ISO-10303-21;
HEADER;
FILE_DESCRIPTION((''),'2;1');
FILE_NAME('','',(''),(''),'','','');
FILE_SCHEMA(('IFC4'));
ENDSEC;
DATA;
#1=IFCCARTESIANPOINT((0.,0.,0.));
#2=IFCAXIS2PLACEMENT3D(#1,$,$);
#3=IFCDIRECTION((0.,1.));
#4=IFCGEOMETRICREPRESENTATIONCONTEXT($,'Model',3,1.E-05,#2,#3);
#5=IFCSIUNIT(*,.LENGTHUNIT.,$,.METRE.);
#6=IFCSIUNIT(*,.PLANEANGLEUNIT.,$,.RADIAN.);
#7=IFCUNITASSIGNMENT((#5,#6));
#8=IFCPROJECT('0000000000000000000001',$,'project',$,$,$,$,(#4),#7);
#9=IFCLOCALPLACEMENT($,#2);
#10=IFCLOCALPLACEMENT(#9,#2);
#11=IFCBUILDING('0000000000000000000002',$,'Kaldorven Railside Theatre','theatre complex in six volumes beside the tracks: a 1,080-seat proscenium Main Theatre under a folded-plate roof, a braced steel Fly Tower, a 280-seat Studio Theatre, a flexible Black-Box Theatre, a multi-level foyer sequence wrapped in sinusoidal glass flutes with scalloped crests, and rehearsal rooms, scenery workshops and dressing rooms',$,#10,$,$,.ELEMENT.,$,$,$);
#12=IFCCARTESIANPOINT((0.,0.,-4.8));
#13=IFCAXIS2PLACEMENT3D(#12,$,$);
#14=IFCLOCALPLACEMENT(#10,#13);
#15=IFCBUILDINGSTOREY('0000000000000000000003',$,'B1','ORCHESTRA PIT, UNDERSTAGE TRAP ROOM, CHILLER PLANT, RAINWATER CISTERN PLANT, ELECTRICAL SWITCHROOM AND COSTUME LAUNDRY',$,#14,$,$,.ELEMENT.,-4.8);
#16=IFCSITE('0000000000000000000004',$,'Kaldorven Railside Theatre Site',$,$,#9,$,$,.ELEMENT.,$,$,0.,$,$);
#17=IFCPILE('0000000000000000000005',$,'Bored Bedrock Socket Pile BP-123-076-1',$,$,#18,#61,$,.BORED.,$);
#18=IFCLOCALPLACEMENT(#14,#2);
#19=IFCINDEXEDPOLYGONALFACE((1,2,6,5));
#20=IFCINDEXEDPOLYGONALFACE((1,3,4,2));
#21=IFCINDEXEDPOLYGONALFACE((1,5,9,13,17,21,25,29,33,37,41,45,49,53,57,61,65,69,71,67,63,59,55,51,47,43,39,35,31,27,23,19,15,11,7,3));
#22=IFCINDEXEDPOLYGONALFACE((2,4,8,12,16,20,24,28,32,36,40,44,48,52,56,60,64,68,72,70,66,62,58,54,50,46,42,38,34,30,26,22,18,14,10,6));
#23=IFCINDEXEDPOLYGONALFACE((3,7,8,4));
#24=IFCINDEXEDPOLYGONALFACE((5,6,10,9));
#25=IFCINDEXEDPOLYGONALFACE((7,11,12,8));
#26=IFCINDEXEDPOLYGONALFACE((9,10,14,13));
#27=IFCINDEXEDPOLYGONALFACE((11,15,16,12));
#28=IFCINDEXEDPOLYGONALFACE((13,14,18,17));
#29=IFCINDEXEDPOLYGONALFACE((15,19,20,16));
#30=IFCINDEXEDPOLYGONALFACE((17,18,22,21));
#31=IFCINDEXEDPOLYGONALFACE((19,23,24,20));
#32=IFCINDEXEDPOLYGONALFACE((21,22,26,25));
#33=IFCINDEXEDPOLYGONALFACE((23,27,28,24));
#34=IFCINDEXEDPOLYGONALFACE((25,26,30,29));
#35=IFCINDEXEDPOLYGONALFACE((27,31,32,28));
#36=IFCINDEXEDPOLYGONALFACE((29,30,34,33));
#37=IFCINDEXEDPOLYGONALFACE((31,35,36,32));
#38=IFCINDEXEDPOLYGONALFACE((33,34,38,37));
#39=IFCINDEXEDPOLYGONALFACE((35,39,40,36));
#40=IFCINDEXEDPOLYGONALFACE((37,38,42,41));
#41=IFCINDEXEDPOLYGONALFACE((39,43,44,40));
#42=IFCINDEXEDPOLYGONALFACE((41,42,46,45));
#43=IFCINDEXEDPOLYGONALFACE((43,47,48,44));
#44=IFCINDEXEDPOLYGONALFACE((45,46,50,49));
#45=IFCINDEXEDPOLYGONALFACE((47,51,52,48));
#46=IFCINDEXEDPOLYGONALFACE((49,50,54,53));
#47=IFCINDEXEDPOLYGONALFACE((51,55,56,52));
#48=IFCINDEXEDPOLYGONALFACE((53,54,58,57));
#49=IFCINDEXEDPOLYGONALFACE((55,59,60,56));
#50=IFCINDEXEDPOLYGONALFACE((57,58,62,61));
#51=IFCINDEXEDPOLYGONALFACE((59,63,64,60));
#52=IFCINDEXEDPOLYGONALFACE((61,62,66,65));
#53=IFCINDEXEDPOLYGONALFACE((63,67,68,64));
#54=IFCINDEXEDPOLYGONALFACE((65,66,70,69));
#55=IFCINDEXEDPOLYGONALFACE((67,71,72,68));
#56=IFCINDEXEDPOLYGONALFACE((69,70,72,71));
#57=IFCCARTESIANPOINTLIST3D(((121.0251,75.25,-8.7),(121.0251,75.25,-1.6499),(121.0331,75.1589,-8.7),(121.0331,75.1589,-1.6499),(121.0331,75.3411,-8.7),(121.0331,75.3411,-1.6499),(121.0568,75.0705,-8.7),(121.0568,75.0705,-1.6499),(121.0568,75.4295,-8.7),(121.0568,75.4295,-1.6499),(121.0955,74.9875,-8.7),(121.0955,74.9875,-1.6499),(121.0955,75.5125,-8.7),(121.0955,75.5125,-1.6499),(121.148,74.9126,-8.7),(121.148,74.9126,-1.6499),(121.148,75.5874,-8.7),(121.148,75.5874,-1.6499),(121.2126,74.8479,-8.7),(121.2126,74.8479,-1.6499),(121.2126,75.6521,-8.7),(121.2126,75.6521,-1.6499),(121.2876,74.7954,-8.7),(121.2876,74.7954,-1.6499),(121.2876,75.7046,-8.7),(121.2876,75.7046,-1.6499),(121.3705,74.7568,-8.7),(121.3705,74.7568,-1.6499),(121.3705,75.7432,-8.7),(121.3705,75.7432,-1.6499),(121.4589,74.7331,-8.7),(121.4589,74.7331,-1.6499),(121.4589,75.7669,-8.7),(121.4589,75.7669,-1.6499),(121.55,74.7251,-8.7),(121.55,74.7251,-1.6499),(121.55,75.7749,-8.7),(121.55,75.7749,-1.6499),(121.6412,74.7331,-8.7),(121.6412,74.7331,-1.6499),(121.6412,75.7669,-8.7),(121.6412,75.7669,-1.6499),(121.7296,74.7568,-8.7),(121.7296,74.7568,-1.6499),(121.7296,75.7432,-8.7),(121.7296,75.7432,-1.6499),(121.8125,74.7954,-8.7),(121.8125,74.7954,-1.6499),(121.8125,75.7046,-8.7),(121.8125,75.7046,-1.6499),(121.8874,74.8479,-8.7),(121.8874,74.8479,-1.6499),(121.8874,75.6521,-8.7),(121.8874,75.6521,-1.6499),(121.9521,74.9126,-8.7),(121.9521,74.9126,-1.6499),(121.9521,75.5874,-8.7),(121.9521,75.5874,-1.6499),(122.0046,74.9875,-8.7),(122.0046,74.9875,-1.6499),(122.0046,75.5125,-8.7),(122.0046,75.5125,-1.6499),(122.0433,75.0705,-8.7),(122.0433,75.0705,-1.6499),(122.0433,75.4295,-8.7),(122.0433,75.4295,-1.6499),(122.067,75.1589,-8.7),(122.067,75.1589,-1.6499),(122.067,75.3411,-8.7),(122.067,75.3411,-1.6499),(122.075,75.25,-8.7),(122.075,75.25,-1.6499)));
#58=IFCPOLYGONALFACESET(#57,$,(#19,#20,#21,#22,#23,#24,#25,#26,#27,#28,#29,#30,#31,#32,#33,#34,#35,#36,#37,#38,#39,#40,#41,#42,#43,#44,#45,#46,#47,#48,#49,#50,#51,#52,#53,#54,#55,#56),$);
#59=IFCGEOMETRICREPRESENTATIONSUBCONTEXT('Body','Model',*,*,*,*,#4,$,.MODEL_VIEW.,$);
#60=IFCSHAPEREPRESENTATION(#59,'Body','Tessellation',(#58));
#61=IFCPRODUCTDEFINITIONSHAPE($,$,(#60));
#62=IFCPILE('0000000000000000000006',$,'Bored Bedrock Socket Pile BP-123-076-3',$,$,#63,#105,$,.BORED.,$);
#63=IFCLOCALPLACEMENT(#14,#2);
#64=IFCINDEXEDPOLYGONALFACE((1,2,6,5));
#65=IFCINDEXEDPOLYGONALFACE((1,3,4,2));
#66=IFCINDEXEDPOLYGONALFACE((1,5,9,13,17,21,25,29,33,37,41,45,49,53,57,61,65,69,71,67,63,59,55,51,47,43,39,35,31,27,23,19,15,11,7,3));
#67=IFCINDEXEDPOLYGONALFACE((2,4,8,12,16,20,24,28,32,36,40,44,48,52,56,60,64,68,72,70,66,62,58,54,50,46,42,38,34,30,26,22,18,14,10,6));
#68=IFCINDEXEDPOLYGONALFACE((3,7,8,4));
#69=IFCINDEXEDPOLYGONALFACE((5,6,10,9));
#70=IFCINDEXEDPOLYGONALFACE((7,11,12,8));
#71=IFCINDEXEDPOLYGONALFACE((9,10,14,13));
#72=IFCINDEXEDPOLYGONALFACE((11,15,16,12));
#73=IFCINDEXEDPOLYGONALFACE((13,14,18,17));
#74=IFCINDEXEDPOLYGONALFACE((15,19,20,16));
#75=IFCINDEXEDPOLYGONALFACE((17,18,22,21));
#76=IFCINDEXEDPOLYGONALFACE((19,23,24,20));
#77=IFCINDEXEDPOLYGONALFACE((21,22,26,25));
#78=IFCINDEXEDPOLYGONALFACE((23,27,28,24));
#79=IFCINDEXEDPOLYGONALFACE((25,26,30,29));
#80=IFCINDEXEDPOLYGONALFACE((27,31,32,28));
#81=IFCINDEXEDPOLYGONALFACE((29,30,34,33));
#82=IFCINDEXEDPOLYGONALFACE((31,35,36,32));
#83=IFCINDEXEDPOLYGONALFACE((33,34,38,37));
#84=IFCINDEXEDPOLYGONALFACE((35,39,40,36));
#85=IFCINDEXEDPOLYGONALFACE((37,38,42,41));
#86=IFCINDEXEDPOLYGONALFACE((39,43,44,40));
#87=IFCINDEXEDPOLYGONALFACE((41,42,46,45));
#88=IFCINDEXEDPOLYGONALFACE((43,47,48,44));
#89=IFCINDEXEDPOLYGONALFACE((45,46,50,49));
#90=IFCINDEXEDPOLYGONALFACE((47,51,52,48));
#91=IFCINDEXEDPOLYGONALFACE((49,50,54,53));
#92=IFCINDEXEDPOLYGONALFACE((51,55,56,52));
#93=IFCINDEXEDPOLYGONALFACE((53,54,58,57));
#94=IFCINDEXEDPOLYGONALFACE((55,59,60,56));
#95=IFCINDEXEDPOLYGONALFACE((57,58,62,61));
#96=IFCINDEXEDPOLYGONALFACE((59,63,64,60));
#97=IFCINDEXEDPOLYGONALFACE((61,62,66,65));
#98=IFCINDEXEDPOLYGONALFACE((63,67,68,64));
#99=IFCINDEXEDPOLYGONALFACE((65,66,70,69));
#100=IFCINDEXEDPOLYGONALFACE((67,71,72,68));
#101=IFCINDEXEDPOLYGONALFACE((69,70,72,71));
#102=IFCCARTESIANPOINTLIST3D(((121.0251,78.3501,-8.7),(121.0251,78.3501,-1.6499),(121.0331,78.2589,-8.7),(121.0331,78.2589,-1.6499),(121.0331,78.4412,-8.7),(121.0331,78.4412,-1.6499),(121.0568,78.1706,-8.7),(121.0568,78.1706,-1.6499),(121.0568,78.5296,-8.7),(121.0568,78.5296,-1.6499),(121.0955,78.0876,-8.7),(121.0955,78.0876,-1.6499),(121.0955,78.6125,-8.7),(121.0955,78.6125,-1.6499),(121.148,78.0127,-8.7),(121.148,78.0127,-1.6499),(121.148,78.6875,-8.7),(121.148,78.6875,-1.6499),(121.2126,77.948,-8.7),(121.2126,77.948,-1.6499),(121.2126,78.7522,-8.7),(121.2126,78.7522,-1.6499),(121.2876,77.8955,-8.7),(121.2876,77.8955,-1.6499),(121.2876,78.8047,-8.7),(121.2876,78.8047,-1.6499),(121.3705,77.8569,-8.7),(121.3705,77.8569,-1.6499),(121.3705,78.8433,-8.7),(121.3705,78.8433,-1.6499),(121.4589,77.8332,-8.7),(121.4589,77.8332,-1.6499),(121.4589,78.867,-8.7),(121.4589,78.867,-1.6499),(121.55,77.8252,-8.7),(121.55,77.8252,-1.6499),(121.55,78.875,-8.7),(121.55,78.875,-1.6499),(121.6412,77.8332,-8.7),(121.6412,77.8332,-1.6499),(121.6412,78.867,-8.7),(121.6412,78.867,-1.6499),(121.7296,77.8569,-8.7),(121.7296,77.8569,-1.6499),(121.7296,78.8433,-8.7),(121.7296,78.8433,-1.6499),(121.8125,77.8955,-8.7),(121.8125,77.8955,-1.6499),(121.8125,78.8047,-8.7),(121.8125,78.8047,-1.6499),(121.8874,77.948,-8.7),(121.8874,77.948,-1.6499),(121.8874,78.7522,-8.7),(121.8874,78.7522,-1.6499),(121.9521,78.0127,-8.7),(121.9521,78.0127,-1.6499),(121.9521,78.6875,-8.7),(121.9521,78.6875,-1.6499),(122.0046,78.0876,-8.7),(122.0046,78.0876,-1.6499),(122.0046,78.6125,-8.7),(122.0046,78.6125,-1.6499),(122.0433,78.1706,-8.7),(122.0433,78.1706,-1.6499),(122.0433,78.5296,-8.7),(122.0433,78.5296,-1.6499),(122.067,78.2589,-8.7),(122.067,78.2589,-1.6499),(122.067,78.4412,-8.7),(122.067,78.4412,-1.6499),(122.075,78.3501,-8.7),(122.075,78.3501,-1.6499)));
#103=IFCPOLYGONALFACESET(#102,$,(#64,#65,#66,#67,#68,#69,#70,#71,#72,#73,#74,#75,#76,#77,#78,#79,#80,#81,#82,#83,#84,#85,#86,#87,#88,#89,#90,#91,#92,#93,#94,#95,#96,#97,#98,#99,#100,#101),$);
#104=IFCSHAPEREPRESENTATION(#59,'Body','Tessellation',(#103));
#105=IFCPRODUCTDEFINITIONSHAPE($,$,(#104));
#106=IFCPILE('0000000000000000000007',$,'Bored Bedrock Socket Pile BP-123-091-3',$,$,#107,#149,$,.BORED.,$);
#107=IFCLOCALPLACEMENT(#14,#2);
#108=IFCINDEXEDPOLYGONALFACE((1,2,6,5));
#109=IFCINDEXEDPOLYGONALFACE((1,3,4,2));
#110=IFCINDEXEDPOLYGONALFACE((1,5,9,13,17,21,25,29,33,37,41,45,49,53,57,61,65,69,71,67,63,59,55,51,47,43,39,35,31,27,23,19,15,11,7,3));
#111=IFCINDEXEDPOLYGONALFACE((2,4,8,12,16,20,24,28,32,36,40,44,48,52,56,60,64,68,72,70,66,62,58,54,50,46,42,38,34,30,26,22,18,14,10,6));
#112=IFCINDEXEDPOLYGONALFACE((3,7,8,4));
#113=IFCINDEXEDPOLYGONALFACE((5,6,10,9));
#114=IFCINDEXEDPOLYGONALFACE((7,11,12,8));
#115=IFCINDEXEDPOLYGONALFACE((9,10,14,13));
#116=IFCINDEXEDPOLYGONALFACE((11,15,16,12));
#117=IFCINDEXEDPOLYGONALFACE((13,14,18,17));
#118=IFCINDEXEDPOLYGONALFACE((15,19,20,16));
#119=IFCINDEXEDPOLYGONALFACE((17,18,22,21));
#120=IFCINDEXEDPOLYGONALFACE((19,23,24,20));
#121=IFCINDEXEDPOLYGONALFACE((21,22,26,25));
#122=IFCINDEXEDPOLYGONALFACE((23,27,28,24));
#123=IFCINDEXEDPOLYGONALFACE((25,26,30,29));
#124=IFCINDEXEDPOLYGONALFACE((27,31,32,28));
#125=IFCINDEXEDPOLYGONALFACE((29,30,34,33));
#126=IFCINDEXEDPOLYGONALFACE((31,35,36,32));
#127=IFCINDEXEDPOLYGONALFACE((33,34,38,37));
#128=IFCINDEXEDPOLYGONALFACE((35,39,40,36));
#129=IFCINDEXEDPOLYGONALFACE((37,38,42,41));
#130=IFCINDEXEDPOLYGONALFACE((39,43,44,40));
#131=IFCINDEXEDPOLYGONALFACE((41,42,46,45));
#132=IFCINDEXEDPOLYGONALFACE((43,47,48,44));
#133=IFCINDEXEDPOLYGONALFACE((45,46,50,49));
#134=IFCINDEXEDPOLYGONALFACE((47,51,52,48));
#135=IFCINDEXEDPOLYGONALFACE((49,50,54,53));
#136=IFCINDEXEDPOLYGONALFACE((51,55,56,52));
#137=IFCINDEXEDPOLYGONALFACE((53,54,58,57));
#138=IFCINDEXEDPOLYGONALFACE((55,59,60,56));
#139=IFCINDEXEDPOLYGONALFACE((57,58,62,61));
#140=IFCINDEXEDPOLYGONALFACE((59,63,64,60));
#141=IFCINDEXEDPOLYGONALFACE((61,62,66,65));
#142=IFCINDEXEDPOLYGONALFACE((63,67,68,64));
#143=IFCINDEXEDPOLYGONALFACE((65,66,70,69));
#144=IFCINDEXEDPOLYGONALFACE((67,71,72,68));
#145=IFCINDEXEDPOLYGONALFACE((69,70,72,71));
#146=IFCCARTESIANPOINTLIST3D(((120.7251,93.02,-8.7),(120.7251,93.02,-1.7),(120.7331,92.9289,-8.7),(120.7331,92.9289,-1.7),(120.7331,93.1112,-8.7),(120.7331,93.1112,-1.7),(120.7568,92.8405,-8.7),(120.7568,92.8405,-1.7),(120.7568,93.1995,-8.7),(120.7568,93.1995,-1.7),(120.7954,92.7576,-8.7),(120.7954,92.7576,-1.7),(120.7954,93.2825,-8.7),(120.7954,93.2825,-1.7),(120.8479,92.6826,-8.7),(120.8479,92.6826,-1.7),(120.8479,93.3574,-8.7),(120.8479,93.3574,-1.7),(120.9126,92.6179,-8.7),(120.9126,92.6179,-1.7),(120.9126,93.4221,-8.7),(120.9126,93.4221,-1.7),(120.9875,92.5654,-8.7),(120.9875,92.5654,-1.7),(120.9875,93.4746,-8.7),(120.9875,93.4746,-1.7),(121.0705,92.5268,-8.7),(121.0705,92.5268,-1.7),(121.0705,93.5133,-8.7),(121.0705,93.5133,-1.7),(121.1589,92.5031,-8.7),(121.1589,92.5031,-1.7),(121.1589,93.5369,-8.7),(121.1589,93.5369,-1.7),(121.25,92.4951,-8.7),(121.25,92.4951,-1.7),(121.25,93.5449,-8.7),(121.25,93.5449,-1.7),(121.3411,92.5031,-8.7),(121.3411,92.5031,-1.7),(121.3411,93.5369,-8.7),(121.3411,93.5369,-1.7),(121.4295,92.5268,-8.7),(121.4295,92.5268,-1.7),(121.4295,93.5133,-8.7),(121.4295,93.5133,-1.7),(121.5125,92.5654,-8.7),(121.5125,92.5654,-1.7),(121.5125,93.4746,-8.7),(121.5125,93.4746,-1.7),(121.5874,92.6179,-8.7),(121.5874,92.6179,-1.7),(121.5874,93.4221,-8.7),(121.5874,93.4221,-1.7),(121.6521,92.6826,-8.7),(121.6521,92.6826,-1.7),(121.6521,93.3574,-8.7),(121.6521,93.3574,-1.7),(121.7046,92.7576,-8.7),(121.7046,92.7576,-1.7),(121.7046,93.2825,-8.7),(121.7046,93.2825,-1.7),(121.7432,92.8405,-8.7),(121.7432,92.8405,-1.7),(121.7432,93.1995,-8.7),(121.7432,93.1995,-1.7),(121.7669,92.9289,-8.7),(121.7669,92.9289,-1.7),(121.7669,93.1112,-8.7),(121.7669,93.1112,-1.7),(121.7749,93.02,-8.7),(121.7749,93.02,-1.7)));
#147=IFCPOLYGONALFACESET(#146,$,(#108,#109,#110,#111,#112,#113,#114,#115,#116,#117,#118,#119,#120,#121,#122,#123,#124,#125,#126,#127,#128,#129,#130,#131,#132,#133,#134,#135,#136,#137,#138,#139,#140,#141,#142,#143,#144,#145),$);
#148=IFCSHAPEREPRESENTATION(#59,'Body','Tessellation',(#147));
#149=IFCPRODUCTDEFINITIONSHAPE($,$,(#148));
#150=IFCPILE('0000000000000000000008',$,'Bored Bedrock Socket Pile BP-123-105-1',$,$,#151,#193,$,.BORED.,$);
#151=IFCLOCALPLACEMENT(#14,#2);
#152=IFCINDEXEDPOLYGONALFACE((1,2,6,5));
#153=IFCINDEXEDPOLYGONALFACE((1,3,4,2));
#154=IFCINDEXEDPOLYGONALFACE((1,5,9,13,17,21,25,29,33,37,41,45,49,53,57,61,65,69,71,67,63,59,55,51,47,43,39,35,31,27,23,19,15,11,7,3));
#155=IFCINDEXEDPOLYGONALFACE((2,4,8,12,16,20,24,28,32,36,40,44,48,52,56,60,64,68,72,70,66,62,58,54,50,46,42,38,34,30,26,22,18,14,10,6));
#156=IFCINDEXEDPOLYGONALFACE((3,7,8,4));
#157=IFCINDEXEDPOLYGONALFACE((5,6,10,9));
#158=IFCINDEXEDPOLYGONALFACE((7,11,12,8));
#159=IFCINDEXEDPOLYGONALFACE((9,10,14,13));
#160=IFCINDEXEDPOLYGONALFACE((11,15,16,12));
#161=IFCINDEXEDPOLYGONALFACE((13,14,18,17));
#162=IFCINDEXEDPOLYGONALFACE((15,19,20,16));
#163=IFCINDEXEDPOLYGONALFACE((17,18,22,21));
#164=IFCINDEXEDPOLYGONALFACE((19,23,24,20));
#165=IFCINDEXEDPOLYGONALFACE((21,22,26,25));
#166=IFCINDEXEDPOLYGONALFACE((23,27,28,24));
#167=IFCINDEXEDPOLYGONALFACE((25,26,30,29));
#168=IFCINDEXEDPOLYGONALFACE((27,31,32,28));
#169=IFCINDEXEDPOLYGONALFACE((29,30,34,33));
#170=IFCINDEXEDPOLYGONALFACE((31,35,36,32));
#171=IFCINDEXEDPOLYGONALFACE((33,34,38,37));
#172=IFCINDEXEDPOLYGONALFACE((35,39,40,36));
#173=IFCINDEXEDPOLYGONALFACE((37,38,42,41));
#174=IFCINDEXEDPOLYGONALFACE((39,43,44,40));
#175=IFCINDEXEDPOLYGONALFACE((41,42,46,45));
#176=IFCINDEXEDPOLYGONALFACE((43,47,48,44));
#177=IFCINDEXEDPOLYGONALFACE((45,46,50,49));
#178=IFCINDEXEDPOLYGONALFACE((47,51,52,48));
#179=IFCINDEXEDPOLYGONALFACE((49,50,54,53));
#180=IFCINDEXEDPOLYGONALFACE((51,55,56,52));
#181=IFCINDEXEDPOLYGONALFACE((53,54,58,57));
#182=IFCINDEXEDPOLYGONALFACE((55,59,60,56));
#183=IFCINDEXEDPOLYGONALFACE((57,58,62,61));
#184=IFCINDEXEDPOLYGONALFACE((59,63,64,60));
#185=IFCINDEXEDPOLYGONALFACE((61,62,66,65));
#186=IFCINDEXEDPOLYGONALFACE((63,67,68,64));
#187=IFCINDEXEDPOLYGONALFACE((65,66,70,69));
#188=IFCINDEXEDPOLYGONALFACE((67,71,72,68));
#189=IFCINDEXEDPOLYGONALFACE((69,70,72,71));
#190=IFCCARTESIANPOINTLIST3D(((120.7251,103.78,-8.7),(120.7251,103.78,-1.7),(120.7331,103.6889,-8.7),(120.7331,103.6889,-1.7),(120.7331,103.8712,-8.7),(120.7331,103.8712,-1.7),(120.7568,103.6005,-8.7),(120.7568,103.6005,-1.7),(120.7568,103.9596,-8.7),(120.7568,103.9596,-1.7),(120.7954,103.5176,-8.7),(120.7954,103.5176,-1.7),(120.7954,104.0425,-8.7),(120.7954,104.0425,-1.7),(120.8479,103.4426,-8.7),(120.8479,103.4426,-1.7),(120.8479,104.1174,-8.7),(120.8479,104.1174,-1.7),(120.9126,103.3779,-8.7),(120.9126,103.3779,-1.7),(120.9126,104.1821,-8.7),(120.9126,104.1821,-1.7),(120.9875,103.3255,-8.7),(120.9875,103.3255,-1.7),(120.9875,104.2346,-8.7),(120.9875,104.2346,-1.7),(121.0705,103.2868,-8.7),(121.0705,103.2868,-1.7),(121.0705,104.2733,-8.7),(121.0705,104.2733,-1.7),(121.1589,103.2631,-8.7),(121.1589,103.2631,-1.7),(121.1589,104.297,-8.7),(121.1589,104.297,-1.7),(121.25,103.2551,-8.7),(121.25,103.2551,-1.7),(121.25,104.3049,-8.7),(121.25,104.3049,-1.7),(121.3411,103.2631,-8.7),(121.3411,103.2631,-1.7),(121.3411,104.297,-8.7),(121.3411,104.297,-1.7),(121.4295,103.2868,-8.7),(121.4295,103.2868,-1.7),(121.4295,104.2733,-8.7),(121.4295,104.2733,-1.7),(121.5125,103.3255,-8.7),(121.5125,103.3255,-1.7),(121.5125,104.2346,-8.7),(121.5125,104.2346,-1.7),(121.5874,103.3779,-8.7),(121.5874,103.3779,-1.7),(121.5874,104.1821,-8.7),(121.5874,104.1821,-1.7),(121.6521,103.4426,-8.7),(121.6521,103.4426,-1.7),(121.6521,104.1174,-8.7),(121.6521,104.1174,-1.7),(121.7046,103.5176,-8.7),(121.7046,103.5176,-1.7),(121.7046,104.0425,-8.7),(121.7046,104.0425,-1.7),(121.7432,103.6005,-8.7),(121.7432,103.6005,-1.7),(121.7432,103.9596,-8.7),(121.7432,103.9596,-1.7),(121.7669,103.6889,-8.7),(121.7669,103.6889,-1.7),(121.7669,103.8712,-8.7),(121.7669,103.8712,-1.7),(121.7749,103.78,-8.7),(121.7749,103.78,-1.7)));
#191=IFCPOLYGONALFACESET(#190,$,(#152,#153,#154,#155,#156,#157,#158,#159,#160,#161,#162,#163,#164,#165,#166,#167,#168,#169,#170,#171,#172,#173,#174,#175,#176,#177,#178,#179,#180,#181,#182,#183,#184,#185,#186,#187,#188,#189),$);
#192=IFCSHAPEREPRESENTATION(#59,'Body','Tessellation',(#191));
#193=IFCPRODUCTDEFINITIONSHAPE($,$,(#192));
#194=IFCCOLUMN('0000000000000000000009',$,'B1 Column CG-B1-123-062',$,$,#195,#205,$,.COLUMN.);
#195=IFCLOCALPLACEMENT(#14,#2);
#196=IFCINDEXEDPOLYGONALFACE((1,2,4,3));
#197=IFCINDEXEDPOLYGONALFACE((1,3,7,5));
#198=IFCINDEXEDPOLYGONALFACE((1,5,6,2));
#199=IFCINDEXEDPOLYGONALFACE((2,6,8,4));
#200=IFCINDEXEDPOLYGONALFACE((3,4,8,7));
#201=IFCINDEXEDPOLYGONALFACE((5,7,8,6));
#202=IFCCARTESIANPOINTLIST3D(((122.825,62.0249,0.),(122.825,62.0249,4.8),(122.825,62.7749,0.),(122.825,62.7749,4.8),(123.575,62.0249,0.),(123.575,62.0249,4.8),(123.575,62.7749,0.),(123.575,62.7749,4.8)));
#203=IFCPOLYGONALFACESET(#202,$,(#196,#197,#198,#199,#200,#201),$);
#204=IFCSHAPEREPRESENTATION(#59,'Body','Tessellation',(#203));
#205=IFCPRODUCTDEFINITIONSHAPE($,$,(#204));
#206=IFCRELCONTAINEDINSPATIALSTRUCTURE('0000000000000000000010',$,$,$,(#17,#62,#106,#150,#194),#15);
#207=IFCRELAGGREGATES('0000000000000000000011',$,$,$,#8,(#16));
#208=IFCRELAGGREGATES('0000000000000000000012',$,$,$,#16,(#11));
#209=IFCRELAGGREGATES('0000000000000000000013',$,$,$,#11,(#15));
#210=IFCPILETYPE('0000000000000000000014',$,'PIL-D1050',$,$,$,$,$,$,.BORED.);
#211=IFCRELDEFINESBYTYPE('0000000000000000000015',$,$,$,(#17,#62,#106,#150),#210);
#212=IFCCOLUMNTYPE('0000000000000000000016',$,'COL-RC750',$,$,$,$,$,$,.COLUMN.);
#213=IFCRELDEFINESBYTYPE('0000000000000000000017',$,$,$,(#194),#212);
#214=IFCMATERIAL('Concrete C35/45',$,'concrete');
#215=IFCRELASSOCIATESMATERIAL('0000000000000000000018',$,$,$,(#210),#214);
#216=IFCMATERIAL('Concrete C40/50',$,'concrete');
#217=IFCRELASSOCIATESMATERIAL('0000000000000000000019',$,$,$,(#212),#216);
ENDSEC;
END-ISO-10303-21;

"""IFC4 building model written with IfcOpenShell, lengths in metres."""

from ifc_helpers import new_model, si_unit, direction, frame, origin, origin_2d, place, context, subcontext, project, spatial, rectangle, circle, extrude, material, material_profile, profile_set, type_object, element, save


model = new_model("IFC4")

# Units and contexts
model_context = context("Model", 3, precision=1e-05, world=origin(), true_north=direction((0.0, 1.0)))
body_context = subcontext(model_context, "Body", "Model", "MODEL_VIEW")
ifc_project = project(units=[si_unit("LENGTHUNIT", "METRE"), si_unit("PLANEANGLEUNIT", "RADIAN")], contexts=[model_context])

# Site, building, storey
site_placement = place(None, origin())
site = spatial("IfcSite", under=ifc_project, at=site_placement, Name="Kaldorven Railside Theatre Site", CompositionType="ELEMENT", RefElevation=0.0)
building_placement = place(site_placement, origin())
building = spatial("IfcBuilding", under=site, at=building_placement, Name="Kaldorven Railside Theatre", Description="theatre complex in six volumes beside the tracks: a 1,080-seat proscenium Main Theatre under a folded-plate roof, a braced steel Fly Tower, a 280-seat Studio Theatre, a flexible Black-Box Theatre, a multi-level foyer sequence wrapped in sinusoidal glass flutes with scalloped crests, and rehearsal rooms, scenery workshops and dressing rooms", CompositionType="ELEMENT")
storey_placement = place(building_placement, frame((0.0, 0.0, -4.8)))
storey = spatial("IfcBuildingStorey", under=building, at=storey_placement, Name="B1", Description="ORCHESTRA PIT, UNDERSTAGE TRAP ROOM, CHILLER PLANT, RAINWATER CISTERN PLANT, ELECTRICAL SWITCHROOM AND COSTUME LAUNDRY", CompositionType="ELEMENT", Elevation=-4.8)

# Shared definitions
ifc_material_1 = material(Name="Concrete C40/50", Category="concrete")

# Piles
ifc_material_2 = material(Name="Concrete C35/45", Category="concrete")
ifc_material_profile_1 = material_profile(ifc_material_2, circle(Radius=0.5249, at=origin_2d()), Name="BP D1050")
ifc_profile_set_1 = profile_set([ifc_material_profile_1], Name="Concrete C35/45")
pile_type_1 = type_object("IfcPileType", Name="PIL-D1050", PredefinedType="BORED", material=ifc_profile_set_1)
for number, where, z_axis, x_axis, name in (
    (1, (121.55, 75.25, -1.6499), (0.0, 0.0, -1.0), (1.0, 0.0, 0.0), "Bored Bedrock Socket Pile BP-123-076-1"),
    (2, (121.55, 78.3501, -1.6499), (0.0, 0.0, -1.0), (1.0, 0.0, 0.0), "Bored Bedrock Socket Pile BP-123-076-3"),
):
    element("IfcPile", number, at=place(storey_placement, frame(where, z_axis=z_axis, x_axis=x_axis)), inside=storey, type_object=pile_type_1, Name=name, PredefinedType="BORED", context=body_context, shape_type="SweptSolid", body=[
        extrude(circle(Radius=0.5249, at=origin_2d()), origin(), (0.0, 0.0, 1.0), 7.05),
    ])
for number, where, z_axis, x_axis, name in (
    (3, (121.25, 93.02, -1.7), (0.0, 0.0, -1.0), (1.0, 0.0, 0.0), "Bored Bedrock Socket Pile BP-123-091-3"),
    (4, (121.25, 103.78, -1.7), (0.0, 0.0, -1.0), (1.0, 0.0, 0.0), "Bored Bedrock Socket Pile BP-123-105-1"),
):
    element("IfcPile", number, at=place(storey_placement, frame(where, z_axis=z_axis, x_axis=x_axis)), inside=storey, type_object=pile_type_1, Name=name, PredefinedType="BORED", context=body_context, shape_type="SweptSolid", body=[
        extrude(circle(Radius=0.5249, at=origin_2d()), origin(), (0.0, 0.0, 1.0), 7.0),
    ])

# Column
ifc_material_profile_2 = material_profile(ifc_material_1, rectangle(XDim=0.75, YDim=0.75, at=origin_2d()), Name="RC 750x750")
ifc_profile_set_2 = profile_set([ifc_material_profile_2], Name="Concrete C40/50")
column_type = type_object("IfcColumnType", Name="COL-RC750", PredefinedType="COLUMN", material=ifc_profile_set_2)
for number, where, z_axis, x_axis, name in (
    (5, (123.2, 62.3999, 0.0), (0.0, 0.0, 1.0), (0.0, 1.0, 0.0), "B1 Column CG-B1-123-062"),
):
    element("IfcColumn", number, at=place(storey_placement, frame(where, z_axis=z_axis, x_axis=x_axis)), inside=storey, type_object=column_type, Name=name, PredefinedType="COLUMN", context=body_context, shape_type="SweptSolid", body=[
        extrude(rectangle(XDim=0.75, YDim=0.75, at=origin_2d()), origin(), (0.0, 0.0, 1.0), 4.8),
    ])

save(model, "model.ifc")
